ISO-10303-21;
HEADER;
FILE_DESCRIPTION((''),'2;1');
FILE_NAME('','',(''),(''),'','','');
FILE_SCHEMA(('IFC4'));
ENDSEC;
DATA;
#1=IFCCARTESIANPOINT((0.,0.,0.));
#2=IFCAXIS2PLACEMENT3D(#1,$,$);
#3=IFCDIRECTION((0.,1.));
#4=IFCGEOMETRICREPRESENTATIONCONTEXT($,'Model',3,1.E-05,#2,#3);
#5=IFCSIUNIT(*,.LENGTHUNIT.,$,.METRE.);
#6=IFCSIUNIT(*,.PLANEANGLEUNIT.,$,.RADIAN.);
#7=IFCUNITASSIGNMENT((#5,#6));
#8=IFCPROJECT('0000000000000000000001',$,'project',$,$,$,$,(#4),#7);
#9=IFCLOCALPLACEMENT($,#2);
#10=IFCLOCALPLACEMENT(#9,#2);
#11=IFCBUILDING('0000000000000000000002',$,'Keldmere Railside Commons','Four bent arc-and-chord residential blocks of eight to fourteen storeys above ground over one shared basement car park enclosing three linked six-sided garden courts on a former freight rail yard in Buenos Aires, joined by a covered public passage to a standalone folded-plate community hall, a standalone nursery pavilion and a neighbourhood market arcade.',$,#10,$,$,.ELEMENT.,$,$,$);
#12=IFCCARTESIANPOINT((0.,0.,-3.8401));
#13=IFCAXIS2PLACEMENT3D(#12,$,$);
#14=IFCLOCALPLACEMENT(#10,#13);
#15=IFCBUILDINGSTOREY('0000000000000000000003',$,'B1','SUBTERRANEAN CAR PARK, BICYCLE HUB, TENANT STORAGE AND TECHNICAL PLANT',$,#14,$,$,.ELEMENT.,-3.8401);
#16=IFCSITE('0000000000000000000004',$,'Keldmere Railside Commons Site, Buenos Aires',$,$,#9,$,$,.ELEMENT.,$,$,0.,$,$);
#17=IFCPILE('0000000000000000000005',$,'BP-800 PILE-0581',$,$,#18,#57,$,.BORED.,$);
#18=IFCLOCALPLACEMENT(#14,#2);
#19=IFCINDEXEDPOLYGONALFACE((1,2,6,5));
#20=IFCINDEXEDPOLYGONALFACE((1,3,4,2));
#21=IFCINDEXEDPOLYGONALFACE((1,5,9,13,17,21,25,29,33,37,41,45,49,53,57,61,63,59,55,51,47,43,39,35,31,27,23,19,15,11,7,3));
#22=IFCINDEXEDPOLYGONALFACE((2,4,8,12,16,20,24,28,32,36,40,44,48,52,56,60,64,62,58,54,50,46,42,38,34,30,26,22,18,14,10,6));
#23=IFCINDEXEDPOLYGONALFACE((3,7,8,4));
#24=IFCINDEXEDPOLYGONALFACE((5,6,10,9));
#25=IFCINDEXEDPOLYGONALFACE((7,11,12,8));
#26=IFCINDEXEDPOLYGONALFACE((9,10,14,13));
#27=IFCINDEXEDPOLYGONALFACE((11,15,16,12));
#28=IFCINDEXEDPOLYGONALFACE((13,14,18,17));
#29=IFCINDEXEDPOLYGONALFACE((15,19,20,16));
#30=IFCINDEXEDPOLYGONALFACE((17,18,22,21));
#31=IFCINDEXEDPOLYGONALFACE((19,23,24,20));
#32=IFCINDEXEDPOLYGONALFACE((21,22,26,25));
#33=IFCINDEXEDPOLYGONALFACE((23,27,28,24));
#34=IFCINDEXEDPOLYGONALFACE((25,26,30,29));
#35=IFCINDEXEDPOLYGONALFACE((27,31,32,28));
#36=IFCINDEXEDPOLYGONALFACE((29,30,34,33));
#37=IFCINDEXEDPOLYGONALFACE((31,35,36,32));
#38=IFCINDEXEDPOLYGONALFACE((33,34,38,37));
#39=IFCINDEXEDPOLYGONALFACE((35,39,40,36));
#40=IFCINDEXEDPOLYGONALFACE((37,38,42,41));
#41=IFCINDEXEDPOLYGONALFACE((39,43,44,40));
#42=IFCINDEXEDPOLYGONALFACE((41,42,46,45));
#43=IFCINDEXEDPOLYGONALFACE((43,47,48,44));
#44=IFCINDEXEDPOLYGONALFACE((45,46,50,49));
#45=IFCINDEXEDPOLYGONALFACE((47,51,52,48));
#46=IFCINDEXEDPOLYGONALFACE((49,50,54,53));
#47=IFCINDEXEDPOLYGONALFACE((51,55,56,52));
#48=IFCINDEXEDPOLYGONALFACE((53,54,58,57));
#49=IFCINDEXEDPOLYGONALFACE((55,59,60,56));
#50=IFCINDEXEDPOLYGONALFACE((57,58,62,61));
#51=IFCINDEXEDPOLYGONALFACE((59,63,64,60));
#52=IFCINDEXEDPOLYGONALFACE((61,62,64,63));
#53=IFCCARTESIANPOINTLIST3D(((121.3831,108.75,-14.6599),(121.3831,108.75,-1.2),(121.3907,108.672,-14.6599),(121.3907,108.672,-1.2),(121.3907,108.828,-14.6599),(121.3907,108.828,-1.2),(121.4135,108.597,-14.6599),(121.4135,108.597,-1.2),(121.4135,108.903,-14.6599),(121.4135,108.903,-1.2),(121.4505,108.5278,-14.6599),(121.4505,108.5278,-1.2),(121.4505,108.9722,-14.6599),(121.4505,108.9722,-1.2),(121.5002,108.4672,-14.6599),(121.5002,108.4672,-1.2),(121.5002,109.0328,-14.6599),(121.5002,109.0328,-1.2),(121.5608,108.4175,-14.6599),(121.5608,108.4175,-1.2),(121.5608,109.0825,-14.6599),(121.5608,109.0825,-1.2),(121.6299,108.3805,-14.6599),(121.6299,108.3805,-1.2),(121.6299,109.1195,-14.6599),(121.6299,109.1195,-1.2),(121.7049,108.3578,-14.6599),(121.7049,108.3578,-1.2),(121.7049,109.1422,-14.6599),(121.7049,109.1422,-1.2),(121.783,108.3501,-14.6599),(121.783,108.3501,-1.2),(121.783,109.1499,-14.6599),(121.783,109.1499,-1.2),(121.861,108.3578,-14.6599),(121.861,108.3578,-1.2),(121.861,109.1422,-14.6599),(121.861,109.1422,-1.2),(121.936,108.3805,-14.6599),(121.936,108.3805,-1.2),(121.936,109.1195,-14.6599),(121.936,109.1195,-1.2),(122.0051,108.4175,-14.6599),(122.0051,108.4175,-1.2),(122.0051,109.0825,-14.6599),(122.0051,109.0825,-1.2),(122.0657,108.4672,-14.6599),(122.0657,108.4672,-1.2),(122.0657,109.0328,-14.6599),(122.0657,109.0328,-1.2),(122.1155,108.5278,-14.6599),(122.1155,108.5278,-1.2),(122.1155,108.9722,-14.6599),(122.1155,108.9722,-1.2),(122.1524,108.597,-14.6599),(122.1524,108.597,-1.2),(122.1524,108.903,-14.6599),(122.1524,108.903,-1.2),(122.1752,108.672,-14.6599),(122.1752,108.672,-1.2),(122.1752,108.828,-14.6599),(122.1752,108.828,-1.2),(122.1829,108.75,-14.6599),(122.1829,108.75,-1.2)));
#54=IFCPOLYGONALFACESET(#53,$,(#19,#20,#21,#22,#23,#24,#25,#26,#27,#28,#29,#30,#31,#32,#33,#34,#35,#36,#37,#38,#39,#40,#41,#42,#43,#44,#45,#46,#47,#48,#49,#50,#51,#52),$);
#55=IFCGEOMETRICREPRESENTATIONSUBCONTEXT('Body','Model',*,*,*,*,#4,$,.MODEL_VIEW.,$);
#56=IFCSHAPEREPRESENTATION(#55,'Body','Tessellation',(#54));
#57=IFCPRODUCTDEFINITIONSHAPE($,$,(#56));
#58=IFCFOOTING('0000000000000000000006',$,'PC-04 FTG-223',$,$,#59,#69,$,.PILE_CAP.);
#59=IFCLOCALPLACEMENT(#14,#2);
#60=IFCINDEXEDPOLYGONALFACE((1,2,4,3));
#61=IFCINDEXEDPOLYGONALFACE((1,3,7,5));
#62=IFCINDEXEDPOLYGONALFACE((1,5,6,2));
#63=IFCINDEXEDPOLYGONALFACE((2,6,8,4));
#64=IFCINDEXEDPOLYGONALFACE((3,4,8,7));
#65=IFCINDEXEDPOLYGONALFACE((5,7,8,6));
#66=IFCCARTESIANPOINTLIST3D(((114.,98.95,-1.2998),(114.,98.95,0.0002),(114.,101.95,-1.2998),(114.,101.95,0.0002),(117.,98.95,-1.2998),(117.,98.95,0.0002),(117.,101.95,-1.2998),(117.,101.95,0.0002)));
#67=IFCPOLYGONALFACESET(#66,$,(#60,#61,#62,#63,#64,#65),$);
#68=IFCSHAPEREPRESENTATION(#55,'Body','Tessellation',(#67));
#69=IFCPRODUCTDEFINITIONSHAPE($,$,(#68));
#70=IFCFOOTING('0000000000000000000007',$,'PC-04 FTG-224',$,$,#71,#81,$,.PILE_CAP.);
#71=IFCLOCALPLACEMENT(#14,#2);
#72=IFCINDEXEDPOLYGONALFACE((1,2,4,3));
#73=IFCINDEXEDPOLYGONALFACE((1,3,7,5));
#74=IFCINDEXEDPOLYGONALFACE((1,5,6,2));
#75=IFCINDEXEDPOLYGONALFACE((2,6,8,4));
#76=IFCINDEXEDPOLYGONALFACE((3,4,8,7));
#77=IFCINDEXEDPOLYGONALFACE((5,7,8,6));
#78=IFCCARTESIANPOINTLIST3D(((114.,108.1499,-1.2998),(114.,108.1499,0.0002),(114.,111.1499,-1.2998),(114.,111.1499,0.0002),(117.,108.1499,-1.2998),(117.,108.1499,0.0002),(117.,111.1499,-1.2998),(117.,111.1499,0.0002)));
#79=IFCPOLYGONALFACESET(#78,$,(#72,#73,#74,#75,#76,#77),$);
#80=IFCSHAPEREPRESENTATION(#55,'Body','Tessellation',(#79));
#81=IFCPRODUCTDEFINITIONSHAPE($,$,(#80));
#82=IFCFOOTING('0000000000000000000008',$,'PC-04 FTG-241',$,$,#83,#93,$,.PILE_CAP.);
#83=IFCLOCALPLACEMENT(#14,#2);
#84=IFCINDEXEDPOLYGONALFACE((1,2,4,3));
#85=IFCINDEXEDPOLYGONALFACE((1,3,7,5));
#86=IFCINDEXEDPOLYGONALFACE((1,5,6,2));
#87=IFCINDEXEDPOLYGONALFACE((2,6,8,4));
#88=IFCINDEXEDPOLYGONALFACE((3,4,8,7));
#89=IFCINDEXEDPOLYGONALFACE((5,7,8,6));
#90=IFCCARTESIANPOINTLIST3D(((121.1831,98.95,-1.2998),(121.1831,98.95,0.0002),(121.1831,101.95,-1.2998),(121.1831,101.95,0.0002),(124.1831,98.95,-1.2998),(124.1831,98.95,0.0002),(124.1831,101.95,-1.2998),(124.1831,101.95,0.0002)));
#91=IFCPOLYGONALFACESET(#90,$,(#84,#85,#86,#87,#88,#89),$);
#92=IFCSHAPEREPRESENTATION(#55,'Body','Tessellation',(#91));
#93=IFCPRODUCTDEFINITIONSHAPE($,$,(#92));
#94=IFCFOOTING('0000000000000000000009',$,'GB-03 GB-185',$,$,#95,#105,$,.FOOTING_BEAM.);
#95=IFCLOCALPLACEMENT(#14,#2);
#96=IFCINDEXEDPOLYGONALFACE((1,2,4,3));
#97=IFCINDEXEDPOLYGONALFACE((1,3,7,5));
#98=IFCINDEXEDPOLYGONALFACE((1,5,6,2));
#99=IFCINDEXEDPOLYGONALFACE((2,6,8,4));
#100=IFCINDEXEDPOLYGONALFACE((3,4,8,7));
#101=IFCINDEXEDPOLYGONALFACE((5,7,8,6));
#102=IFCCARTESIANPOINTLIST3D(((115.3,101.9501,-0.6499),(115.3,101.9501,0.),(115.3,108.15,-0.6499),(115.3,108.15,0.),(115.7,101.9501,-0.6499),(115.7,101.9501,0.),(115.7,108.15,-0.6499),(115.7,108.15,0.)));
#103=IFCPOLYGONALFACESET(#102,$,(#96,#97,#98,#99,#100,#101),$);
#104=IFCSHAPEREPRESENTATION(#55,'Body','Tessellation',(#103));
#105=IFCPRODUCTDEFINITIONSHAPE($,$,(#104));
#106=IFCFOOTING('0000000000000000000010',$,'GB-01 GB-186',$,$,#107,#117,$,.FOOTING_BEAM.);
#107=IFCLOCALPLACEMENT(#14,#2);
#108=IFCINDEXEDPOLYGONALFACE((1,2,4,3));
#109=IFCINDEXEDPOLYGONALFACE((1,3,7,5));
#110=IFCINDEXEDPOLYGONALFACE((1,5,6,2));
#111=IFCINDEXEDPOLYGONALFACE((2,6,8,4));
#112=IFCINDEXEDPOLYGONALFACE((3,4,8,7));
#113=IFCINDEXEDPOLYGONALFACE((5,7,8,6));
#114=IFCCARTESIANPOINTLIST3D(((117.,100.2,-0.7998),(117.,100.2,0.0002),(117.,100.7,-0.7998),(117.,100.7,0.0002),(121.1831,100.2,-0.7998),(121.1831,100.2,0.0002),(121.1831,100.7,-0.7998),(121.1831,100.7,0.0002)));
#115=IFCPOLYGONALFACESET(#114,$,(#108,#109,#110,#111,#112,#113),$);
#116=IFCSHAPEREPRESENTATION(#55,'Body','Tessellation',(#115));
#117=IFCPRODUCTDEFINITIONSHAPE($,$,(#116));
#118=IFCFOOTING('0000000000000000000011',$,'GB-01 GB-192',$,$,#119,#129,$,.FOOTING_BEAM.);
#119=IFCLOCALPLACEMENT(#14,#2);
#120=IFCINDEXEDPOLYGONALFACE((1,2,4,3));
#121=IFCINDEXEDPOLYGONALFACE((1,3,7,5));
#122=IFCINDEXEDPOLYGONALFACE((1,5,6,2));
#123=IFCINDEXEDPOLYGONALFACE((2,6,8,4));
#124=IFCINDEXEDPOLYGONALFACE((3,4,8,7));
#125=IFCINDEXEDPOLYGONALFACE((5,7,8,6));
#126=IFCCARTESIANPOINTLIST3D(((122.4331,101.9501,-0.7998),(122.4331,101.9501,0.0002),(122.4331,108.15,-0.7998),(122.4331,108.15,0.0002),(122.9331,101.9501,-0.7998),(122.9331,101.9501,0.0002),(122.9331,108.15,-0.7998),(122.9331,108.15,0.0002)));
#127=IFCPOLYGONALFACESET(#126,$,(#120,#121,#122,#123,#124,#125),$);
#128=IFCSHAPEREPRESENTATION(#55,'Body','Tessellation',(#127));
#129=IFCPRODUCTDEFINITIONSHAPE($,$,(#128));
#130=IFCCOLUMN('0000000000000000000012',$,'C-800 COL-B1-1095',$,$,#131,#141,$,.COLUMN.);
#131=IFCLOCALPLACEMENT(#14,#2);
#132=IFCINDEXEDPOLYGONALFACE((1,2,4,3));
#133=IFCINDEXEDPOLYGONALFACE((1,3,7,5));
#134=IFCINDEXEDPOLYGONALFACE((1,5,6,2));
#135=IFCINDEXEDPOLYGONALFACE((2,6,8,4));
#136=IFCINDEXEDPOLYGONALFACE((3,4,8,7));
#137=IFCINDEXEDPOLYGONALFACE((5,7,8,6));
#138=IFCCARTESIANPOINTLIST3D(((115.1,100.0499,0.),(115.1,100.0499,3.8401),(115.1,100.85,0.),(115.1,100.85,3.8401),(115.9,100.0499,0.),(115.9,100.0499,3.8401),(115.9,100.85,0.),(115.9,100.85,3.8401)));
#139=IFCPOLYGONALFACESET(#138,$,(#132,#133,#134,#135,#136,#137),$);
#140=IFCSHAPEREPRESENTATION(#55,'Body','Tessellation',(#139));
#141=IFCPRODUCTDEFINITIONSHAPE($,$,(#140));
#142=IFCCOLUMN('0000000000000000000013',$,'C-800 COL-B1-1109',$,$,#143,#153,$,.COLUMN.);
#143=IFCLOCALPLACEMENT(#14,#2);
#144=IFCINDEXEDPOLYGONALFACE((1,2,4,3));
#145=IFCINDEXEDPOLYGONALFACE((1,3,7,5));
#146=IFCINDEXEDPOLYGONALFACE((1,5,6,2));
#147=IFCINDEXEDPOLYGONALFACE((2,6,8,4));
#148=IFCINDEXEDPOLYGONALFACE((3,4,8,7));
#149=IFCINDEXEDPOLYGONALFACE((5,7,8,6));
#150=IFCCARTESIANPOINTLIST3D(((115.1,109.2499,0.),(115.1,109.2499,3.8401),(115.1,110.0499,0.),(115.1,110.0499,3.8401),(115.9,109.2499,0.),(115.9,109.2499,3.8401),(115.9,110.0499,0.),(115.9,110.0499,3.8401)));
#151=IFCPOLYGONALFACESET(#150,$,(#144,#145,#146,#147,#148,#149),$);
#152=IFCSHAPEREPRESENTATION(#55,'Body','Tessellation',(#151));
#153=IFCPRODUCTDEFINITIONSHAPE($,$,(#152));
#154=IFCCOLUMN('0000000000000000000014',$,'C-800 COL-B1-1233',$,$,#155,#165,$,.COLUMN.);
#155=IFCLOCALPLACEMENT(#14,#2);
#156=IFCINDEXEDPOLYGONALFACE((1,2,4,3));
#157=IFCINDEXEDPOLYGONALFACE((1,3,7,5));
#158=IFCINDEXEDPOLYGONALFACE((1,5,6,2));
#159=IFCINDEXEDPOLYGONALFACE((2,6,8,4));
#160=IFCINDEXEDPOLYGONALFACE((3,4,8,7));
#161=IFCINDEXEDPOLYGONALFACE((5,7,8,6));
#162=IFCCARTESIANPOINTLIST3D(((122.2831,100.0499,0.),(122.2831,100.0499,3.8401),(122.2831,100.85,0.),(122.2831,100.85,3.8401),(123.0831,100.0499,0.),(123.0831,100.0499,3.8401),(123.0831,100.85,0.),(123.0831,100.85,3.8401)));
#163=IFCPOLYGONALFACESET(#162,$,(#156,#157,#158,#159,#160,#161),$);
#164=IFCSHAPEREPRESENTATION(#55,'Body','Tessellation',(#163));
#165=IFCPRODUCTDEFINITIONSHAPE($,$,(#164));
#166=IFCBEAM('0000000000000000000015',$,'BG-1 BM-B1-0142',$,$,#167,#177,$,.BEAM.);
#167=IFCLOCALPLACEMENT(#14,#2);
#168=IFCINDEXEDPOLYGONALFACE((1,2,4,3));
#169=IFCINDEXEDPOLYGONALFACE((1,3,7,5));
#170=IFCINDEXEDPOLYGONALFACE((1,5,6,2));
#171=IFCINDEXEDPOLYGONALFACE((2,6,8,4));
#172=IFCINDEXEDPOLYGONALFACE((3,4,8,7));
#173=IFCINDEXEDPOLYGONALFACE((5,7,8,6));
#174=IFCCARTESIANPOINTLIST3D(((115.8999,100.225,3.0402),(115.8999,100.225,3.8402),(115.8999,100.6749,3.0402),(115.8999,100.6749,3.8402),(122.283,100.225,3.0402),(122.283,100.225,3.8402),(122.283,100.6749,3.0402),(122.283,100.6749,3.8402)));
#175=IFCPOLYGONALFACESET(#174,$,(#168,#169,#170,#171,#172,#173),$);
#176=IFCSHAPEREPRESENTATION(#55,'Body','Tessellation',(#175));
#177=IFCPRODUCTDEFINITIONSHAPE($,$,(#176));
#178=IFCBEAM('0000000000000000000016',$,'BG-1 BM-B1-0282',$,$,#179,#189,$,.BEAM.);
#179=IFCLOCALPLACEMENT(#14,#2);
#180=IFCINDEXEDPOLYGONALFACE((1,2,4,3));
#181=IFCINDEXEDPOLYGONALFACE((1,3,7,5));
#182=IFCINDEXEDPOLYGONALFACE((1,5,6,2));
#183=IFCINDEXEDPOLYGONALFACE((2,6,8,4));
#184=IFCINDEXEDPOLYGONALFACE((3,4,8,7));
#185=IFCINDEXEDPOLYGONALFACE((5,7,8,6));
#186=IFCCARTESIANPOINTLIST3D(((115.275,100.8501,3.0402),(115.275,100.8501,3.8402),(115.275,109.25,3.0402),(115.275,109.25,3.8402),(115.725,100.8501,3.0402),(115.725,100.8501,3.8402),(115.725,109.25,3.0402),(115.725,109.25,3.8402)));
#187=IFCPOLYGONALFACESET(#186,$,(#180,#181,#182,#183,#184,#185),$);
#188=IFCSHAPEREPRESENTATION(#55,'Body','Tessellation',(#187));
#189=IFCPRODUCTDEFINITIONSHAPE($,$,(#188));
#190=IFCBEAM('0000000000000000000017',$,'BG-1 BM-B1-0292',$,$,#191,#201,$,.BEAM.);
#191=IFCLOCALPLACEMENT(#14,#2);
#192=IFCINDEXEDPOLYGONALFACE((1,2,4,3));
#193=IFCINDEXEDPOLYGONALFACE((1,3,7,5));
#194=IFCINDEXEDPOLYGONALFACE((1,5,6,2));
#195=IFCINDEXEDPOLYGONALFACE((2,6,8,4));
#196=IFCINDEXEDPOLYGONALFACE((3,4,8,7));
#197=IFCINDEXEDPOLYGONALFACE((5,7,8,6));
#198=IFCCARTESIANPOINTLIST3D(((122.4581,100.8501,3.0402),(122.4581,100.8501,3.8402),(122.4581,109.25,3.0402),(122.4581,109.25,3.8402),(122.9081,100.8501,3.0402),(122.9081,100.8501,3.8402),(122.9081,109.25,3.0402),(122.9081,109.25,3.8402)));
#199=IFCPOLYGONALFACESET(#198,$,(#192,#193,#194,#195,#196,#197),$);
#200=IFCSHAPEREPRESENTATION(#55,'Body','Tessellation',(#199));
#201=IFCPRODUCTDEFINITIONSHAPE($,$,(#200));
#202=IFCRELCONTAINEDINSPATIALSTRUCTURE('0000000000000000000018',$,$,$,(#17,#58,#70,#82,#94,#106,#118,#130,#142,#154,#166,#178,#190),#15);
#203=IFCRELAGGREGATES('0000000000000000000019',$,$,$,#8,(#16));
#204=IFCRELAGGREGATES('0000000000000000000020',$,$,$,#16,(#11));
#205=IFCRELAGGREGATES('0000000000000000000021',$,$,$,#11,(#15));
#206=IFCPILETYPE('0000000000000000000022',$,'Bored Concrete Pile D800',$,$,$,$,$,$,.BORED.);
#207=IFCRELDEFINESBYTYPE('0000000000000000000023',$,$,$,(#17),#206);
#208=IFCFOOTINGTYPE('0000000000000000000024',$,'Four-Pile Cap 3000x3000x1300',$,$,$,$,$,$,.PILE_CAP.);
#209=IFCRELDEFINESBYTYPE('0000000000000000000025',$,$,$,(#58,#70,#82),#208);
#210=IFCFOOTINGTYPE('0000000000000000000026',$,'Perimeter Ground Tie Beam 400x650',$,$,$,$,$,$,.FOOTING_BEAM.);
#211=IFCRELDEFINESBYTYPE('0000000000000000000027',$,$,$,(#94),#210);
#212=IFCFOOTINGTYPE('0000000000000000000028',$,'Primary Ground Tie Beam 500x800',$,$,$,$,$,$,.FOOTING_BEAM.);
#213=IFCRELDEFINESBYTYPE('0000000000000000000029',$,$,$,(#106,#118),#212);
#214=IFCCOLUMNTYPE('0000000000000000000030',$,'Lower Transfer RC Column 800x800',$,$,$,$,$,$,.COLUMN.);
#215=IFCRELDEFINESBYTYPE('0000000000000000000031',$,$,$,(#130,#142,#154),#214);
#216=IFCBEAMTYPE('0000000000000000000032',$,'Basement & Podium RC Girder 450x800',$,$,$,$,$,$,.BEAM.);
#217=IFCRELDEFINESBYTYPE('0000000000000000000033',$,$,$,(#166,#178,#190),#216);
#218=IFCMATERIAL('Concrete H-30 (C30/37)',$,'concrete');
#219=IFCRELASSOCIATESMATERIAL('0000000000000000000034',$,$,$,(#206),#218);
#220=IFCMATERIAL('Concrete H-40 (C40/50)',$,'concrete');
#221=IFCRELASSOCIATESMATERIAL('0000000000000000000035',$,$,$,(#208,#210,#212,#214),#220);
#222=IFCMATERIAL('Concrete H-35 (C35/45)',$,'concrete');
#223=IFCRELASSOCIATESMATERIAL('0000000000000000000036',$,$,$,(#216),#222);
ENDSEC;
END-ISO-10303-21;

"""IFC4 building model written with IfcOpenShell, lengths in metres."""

from ifc_helpers import new_model, si_unit, direction, frame, origin, origin_2d, place, context, subcontext, project, spatial, rectangle, circle, extrude, material, material_profile, profile_set, type_object, element, save


model = new_model("IFC4")

# Units and contexts
model_context = context("Model", 3, precision=1e-05, world=origin(), true_north=direction((0.0, 1.0)))
body_context = subcontext(model_context, "Body", "Model", "MODEL_VIEW")
ifc_project = project(units=[si_unit("LENGTHUNIT", "METRE"), si_unit("PLANEANGLEUNIT", "RADIAN")], contexts=[model_context])

# Site, building, storey
site_placement = place(None, origin())
site = spatial("IfcSite", under=ifc_project, at=site_placement, Name="Keldmere Railside Commons Site, Buenos Aires", CompositionType="ELEMENT", RefElevation=0.0)
building_placement = place(site_placement, origin())
building = spatial("IfcBuilding", under=site, at=building_placement, Name="Keldmere Railside Commons", Description="Four bent arc-and-chord residential blocks of eight to fourteen storeys above ground over one shared basement car park enclosing three linked six-sided garden courts on a former freight rail yard in Buenos Aires, joined by a covered public passage to a standalone folded-plate community hall, a standalone nursery pavilion and a neighbourhood market arcade.", CompositionType="ELEMENT")
storey_placement = place(building_placement, frame((0.0, 0.0, -3.8401)))
storey = spatial("IfcBuildingStorey", under=building, at=storey_placement, Name="B1", Description="SUBTERRANEAN CAR PARK, BICYCLE HUB, TENANT STORAGE AND TECHNICAL PLANT", CompositionType="ELEMENT", Elevation=-3.8401)

# Pile
ifc_material_1 = material(Name="Concrete H-30 (C30/37)", Category="concrete")
ifc_material_profile_1 = material_profile(ifc_material_1, circle(Radius=0.3999, at=origin_2d()), Name="PILE-D800")
ifc_profile_set_1 = profile_set([ifc_material_profile_1], Name="Concrete H-30 (C30/37)")
pile_type = type_object("IfcPileType", Name="Bored Concrete Pile D800", PredefinedType="BORED", material=ifc_profile_set_1)
for number, where, z_axis, x_axis, name in (
    (1, (121.783, 108.75, -1.2), (0.0, 0.0, -1.0), (1.0, 0.0, 0.0), "BP-800 PILE-0581"),
):
    element("IfcPile", number, at=place(storey_placement, frame(where, z_axis=z_axis, x_axis=x_axis)), inside=storey, type_object=pile_type, Name=name, PredefinedType="BORED", context=body_context, shape_type="SweptSolid", body=[
        extrude(circle(Radius=0.3999, at=origin_2d()), origin(), (0.0, 0.0, 1.0), 13.46),
    ])

# Footings
ifc_material_2 = material(Name="Concrete H-40 (C40/50)", Category="concrete")
footing_type_1 = type_object("IfcFootingType", Name="Four-Pile Cap 3000x3000x1300", PredefinedType="PILE_CAP", material=ifc_material_2)
for number, where, z_axis, x_axis, name in (
    (2, (115.5, 100.45, -1.2998), (0.0, 0.0, 1.0), (1.0, 0.0, 0.0), "PC-04 FTG-223"),
    (3, (115.5, 109.6499, -1.2998), (0.0, 0.0, 1.0), (1.0, 0.0, 0.0), "PC-04 FTG-224"),
    (4, (122.6831, 100.45, -1.2998), (0.0, 0.0, 1.0), (1.0, 0.0, 0.0), "PC-04 FTG-241"),
):
    element("IfcFooting", number, at=place(storey_placement, frame(where, z_axis=z_axis, x_axis=x_axis)), inside=storey, type_object=footing_type_1, Name=name, PredefinedType="PILE_CAP", context=body_context, shape_type="SweptSolid", body=[
        extrude(rectangle(XDim=3.0, YDim=3.0, at=origin_2d()), origin(), (0.0, 0.0, 1.0), 1.3),
    ])
footing_type_2 = type_object("IfcFootingType", Name="Perimeter Ground Tie Beam 400x650", PredefinedType="FOOTING_BEAM", material=ifc_material_2)
footing_1_placement = place(storey_placement, frame((115.5, 105.05, -0.6499), z_axis=(0.0, 0.0, 1.0), x_axis=(0.0, 1.0, 0.0)))
element("IfcFooting", 5, at=footing_1_placement, inside=storey, type_object=footing_type_2, Name="GB-03 GB-185", PredefinedType="FOOTING_BEAM", context=body_context, shape_type="SweptSolid", body=[
    extrude(rectangle(XDim=6.2, YDim=0.3999, at=origin_2d()), origin(), (0.0, 0.0, 1.0), 0.6499),
])
footing_type_3 = type_object("IfcFootingType", Name="Primary Ground Tie Beam 500x800", PredefinedType="FOOTING_BEAM", material=ifc_material_2)
footing_2_placement = place(storey_placement, frame((119.0916, 100.45, -0.7998), z_axis=(0.0, 0.0, 1.0), x_axis=(1.0, 0.0, 0.0)))
element("IfcFooting", 6, at=footing_2_placement, inside=storey, type_object=footing_type_3, Name="GB-01 GB-186", PredefinedType="FOOTING_BEAM", context=body_context, shape_type="SweptSolid", body=[
    extrude(rectangle(XDim=4.1831, YDim=0.5, at=origin_2d()), origin(), (0.0, 0.0, 1.0), 0.8),
])
footing_3_placement = place(storey_placement, frame((122.6831, 105.05, -0.7998), z_axis=(0.0, 0.0, 1.0), x_axis=(0.0, 1.0, 0.0)))
element("IfcFooting", 7, at=footing_3_placement, inside=storey, type_object=footing_type_3, Name="GB-01 GB-192", PredefinedType="FOOTING_BEAM", context=body_context, shape_type="SweptSolid", body=[
    extrude(rectangle(XDim=6.2, YDim=0.5, at=origin_2d()), origin(), (0.0, 0.0, 1.0), 0.8),
])

# Columns
ifc_material_profile_2 = material_profile(ifc_material_2, rectangle(XDim=0.8, YDim=0.8, at=origin_2d()), Name="RC-800x800")
ifc_profile_set_2 = profile_set([ifc_material_profile_2], Name="Concrete H-40 (C40/50)")
column_type = type_object("IfcColumnType", Name="Lower Transfer RC Column 800x800", PredefinedType="COLUMN", material=ifc_profile_set_2)
for number, where, z_axis, x_axis, name in (
    (8, (115.5, 100.45, 0.0), (0.0, 0.0, 1.0), (1.0, 0.0, 0.0), "C-800 COL-B1-1095"),
    (9, (115.5, 109.6499, 0.0), (0.0, 0.0, 1.0), (1.0, 0.0, 0.0), "C-800 COL-B1-1109"),
    (10, (122.6831, 100.45, 0.0), (0.0, 0.0, 1.0), (1.0, 0.0, 0.0), "C-800 COL-B1-1233"),
):
    element("IfcColumn", number, at=place(storey_placement, frame(where, z_axis=z_axis, x_axis=x_axis)), inside=storey, type_object=column_type, Name=name, PredefinedType="COLUMN", context=body_context, shape_type="SweptSolid", body=[
        extrude(rectangle(XDim=0.8, YDim=0.8, at=origin_2d()), origin(), (0.0, 0.0, 1.0), 3.8401),
    ])

# Beams
ifc_material_3 = material(Name="Concrete H-35 (C35/45)", Category="concrete")
ifc_material_profile_3 = material_profile(ifc_material_3, rectangle(XDim=0.45, YDim=0.8, at=origin_2d()), Name="RC-450x800")
ifc_profile_set_3 = profile_set([ifc_material_profile_3], Name="Concrete H-35 (C35/45)")
beam_type_1 = type_object("IfcBeamType", Name="Basement & Podium RC Girder 450x800", PredefinedType="BEAM", material=ifc_profile_set_3)
beam_1_placement = place(storey_placement, frame((115.8999, 100.45, 3.4402), z_axis=(1.0, 0.0, 0.0), x_axis=(0.0, 1.0, 0.0)))
element("IfcBeam", 11, at=beam_1_placement, inside=storey, type_object=beam_type_1, Name="BG-1 BM-B1-0142", PredefinedType="BEAM", context=body_context, shape_type="SweptSolid", body=[
    extrude(rectangle(XDim=0.45, YDim=0.8, at=origin_2d()), origin(), (0.0, 0.0, 1.0), 6.3831),
])
for number, where, z_axis, x_axis, name in (
    (12, (115.5, 100.8501, 3.4402), (0.0, 1.0, 0.0), (-1.0, 0.0, 0.0), "BG-1 BM-B1-0282"),
    (13, (122.6831, 100.8501, 3.4402), (0.0, 1.0, 0.0), (-1.0, 0.0, 0.0), "BG-1 BM-B1-0292"),
):
    element("IfcBeam", number, at=place(storey_placement, frame(where, z_axis=z_axis, x_axis=x_axis)), inside=storey, type_object=beam_type_1, Name=name, PredefinedType="BEAM", context=body_context, shape_type="SweptSolid", body=[
        extrude(rectangle(XDim=0.45, YDim=0.8, at=origin_2d()), origin(), (0.0, 0.0, 1.0), 8.3999),
    ])

save(model, "model.ifc")
